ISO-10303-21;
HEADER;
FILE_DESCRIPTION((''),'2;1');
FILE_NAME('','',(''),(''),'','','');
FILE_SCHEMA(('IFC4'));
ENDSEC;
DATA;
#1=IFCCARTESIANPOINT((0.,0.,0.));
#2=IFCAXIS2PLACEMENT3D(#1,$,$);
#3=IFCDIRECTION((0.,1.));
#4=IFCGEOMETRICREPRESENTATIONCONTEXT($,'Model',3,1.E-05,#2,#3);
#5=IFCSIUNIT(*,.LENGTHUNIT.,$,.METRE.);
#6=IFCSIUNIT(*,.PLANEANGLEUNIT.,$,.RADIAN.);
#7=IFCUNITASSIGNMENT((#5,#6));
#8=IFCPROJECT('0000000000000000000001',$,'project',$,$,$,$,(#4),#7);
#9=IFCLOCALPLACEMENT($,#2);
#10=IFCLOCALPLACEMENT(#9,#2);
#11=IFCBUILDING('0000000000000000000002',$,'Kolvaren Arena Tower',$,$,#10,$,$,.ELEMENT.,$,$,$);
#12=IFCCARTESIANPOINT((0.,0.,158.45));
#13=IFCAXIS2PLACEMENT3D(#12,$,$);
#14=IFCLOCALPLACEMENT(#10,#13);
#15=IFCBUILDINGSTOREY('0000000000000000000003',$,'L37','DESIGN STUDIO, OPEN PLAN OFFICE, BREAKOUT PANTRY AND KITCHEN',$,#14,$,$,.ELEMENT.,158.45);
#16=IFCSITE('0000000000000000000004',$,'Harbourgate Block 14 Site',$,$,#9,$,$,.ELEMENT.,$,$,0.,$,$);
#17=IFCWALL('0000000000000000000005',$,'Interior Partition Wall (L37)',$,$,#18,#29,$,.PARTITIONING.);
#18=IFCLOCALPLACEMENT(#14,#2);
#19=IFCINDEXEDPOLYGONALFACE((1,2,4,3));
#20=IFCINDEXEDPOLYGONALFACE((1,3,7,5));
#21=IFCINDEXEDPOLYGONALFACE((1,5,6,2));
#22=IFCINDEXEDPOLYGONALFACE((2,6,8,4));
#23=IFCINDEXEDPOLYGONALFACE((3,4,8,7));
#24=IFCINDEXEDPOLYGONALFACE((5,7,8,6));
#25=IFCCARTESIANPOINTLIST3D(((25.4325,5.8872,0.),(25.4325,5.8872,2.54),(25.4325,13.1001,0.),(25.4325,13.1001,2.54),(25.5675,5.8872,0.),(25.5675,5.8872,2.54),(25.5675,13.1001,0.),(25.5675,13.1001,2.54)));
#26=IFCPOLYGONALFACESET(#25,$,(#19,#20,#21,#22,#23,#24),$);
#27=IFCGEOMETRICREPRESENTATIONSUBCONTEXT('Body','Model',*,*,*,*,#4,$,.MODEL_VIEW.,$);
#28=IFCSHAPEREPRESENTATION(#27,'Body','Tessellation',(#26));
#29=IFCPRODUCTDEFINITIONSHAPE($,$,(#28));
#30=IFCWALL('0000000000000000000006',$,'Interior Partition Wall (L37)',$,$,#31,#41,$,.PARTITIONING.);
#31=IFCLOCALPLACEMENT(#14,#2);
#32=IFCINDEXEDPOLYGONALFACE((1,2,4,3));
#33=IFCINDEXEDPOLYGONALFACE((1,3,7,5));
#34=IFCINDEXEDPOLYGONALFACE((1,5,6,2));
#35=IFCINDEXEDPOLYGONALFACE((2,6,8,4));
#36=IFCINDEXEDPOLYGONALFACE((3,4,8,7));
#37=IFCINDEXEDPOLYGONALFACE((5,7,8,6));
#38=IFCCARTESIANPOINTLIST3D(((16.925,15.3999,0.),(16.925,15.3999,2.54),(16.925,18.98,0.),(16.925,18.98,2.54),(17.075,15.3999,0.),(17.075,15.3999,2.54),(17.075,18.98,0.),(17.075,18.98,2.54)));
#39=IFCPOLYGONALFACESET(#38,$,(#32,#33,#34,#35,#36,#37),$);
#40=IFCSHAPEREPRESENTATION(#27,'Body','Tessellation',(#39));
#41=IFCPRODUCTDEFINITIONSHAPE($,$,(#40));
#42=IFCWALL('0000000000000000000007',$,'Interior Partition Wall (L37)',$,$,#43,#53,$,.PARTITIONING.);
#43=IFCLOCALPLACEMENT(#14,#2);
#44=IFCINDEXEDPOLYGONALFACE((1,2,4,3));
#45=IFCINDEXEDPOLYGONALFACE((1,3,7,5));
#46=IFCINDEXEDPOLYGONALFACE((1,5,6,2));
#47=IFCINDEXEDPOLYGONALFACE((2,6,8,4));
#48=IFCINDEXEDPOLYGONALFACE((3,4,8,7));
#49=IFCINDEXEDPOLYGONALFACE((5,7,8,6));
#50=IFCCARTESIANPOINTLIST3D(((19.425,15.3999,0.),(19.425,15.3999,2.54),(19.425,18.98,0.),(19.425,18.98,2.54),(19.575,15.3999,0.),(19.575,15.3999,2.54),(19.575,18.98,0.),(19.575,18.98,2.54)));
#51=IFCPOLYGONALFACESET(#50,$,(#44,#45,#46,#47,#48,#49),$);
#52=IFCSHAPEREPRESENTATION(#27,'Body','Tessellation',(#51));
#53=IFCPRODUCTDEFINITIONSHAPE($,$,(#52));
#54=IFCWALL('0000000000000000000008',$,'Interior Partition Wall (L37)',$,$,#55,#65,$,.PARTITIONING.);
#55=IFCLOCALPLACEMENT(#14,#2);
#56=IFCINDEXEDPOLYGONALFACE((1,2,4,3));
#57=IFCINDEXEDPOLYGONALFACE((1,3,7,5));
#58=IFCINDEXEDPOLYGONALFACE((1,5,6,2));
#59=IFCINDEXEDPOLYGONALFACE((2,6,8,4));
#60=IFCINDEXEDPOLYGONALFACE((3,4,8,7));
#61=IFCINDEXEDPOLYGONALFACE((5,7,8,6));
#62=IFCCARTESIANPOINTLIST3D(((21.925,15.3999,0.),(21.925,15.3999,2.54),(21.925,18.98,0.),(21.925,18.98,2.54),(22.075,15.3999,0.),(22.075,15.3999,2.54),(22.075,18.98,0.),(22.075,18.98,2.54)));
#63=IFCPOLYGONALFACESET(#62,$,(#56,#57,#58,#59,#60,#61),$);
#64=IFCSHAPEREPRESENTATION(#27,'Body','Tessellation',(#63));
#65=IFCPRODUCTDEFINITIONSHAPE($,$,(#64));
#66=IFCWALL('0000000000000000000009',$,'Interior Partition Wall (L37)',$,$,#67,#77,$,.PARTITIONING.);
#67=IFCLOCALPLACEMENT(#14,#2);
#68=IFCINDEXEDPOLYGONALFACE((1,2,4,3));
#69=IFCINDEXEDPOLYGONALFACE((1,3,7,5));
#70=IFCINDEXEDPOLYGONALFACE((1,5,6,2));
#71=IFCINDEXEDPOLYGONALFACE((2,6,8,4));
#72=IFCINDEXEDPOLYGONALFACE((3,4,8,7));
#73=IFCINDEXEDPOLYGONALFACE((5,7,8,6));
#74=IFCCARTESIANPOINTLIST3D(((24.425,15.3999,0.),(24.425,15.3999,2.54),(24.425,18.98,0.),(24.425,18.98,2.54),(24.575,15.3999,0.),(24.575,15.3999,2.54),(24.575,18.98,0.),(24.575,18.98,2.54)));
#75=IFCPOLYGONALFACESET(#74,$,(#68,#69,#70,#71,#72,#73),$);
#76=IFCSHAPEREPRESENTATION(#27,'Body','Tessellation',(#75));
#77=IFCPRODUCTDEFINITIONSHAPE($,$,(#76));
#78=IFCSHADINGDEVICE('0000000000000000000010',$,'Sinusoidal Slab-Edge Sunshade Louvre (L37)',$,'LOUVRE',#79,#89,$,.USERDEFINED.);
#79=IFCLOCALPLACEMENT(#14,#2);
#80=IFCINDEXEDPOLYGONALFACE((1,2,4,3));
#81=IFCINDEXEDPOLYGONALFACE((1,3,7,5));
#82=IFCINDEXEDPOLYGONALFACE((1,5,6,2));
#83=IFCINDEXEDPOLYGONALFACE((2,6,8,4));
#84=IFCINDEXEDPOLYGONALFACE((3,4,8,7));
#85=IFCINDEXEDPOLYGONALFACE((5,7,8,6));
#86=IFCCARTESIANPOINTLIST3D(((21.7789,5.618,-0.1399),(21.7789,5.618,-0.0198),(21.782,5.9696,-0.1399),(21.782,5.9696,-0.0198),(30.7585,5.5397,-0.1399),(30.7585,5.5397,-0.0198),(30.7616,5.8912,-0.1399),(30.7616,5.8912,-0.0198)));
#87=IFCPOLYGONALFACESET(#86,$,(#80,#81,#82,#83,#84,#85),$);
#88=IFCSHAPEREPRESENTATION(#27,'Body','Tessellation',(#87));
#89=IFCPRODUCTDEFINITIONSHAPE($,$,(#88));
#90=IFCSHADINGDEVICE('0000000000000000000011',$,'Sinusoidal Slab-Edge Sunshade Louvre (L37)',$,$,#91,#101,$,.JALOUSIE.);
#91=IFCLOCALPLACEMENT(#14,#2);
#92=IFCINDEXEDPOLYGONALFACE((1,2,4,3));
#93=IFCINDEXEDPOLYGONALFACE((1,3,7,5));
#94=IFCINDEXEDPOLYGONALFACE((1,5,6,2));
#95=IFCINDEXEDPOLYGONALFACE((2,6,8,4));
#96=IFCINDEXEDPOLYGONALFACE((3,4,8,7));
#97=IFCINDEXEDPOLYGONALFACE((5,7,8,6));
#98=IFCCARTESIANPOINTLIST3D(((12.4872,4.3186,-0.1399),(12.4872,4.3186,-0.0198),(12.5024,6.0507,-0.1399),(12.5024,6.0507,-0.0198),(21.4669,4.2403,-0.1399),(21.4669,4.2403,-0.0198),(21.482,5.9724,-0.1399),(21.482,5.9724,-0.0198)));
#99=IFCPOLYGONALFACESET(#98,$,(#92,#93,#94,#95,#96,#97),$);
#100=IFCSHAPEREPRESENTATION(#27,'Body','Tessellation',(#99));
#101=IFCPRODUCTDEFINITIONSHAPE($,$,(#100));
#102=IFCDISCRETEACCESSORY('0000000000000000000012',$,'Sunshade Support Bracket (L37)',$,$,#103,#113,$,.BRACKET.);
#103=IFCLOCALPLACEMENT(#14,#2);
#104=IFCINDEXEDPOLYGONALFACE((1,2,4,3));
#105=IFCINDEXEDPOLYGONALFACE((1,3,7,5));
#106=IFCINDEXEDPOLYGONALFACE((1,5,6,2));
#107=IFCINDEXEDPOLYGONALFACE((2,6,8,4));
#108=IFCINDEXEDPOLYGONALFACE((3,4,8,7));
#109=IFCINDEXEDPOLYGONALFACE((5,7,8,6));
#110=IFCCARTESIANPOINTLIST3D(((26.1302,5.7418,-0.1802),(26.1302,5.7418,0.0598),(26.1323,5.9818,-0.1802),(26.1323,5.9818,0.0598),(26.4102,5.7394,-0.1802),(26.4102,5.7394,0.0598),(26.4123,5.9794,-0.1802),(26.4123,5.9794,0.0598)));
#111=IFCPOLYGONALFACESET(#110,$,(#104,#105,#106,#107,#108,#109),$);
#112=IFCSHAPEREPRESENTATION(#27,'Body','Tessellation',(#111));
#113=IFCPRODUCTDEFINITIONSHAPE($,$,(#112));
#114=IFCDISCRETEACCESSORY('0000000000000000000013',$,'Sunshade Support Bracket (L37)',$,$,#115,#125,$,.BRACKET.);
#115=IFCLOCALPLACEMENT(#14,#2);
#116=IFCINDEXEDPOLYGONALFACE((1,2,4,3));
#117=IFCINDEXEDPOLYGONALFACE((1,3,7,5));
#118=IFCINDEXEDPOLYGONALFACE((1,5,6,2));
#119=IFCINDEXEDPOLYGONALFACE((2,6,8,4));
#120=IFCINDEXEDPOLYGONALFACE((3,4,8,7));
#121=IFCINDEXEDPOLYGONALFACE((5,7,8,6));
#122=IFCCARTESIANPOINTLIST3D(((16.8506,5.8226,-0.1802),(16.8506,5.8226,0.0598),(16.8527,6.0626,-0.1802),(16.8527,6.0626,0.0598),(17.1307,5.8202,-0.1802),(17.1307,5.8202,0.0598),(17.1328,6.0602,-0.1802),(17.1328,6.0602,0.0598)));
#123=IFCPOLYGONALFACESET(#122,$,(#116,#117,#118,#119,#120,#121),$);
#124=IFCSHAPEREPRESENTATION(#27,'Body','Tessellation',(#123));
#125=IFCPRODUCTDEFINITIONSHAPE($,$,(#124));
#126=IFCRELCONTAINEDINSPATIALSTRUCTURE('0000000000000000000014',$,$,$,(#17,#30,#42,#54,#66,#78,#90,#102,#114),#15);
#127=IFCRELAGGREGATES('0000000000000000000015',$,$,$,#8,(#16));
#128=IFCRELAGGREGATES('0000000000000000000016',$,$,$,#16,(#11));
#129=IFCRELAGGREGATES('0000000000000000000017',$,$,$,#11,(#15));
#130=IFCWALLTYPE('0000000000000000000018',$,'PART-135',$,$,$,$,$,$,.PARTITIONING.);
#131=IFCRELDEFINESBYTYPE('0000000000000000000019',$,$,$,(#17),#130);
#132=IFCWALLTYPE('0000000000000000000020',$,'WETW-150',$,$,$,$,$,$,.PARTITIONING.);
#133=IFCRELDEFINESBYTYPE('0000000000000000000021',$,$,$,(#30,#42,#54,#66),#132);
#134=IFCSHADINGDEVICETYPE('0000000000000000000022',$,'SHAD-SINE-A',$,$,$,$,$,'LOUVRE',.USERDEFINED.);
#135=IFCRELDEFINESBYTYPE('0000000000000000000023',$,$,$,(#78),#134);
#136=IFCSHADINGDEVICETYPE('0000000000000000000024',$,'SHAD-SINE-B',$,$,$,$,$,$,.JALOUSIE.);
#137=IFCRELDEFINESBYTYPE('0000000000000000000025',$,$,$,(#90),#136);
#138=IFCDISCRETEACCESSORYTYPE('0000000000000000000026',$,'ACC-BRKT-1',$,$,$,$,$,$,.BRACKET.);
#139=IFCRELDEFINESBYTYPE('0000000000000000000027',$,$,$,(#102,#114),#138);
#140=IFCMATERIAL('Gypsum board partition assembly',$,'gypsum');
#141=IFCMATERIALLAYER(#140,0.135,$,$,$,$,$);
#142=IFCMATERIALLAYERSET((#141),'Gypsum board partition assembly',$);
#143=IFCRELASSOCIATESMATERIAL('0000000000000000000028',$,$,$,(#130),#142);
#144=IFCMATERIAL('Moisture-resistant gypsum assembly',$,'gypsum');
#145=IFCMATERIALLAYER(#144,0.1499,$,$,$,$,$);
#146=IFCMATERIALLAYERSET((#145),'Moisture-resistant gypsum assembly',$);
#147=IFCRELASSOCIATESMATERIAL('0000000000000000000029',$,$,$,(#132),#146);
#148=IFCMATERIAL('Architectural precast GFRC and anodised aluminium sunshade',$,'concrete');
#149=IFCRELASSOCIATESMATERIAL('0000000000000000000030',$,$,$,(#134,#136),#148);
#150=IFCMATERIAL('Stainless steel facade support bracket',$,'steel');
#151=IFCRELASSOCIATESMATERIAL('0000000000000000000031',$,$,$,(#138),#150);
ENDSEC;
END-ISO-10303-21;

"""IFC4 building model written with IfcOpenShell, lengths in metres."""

from ifc_helpers import new_model, si_unit, direction, frame, frame_2d, origin, origin_2d, place, context, subcontext, project, spatial, rectangle, extrude, material, layer, layer_set, type_object, element, save


model = new_model("IFC4")

# Units and contexts
model_context = context("Model", 3, precision=1e-05, world=origin(), true_north=direction((0.0, 1.0)))
body_context = subcontext(model_context, "Body", "Model", "MODEL_VIEW")
ifc_project = project(units=[si_unit("LENGTHUNIT", "METRE"), si_unit("PLANEANGLEUNIT", "RADIAN")], contexts=[model_context])

# Site, building, storey
site_placement = place(None, origin())
site = spatial("IfcSite", under=ifc_project, at=site_placement, Name="Harbourgate Block 14 Site", CompositionType="ELEMENT", RefElevation=0.0)
building_placement = place(site_placement, origin())
building = spatial("IfcBuilding", under=site, at=building_placement, Name="Kolvaren Arena Tower", CompositionType="ELEMENT")
storey_placement = place(building_placement, frame((0.0, 0.0, 158.45)))
storey = spatial("IfcBuildingStorey", under=building, at=storey_placement, Name="L37", Description="DESIGN STUDIO, OPEN PLAN OFFICE, BREAKOUT PANTRY AND KITCHEN", CompositionType="ELEMENT", Elevation=158.45)

# Walls
ifc_material_1 = material(Name="Gypsum board partition assembly", Category="gypsum")
ifc_layer_1 = layer(ifc_material_1, 0.135)
ifc_layer_set_1 = layer_set([ifc_layer_1], Name="Gypsum board partition assembly")
wall_type_1 = type_object("IfcWallType", Name="PART-135", PredefinedType="PARTITIONING", material=ifc_layer_set_1)
wall_1_placement = place(storey_placement, frame((25.5, 5.8872, 0.0), z_axis=(0.0, 0.0, 1.0), x_axis=(0.0, 1.0, 0.0)))
element("IfcWall", 1, at=wall_1_placement, inside=storey, type_object=wall_type_1, Name="Interior Partition Wall (L37)", PredefinedType="PARTITIONING", context=body_context, shape_type="SweptSolid", body=[
    extrude(rectangle(XDim=7.2129, YDim=0.135, at=frame_2d((3.6064, 0.0))), origin(), (0.0, 0.0, 1.0), 2.54),
])
ifc_material_2 = material(Name="Moisture-resistant gypsum assembly", Category="gypsum")
ifc_layer_2 = layer(ifc_material_2, 0.1499)
ifc_layer_set_2 = layer_set([ifc_layer_2], Name="Moisture-resistant gypsum assembly")
wall_type_2 = type_object("IfcWallType", Name="WETW-150", PredefinedType="PARTITIONING", material=ifc_layer_set_2)
for number, where, z_axis, x_axis, name in (
    (2, (17.0, 15.3999, 0.0), (0.0, 0.0, 1.0), (0.0, 1.0, 0.0), "Interior Partition Wall (L37)"),
    (3, (19.5, 15.3999, 0.0), (0.0, 0.0, 1.0), (0.0, 1.0, 0.0), "Interior Partition Wall (L37)"),
    (4, (22.0, 15.3999, 0.0), (0.0, 0.0, 1.0), (0.0, 1.0, 0.0), "Interior Partition Wall (L37)"),
    (5, (24.5, 15.3999, 0.0), (0.0, 0.0, 1.0), (0.0, 1.0, 0.0), "Interior Partition Wall (L37)"),
):
    element("IfcWall", number, at=place(storey_placement, frame(where, z_axis=z_axis, x_axis=x_axis)), inside=storey, type_object=wall_type_2, Name=name, PredefinedType="PARTITIONING", context=body_context, shape_type="SweptSolid", body=[
        extrude(rectangle(XDim=3.5801, YDim=0.1499, at=frame_2d((1.79, 0.0))), origin(), (0.0, 0.0, 1.0), 2.54),
    ])

# Shading devices
ifc_material_3 = material(Name="Architectural precast GFRC and anodised aluminium sunshade", Category="concrete")
shading_device_type_1 = type_object("IfcShadingDeviceType", Name="SHAD-SINE-A", ElementType="LOUVRE", PredefinedType="USERDEFINED", material=ifc_material_3)
shading_device_1_placement = place(storey_placement, frame((26.2703, 5.7546, -0.1399), z_axis=(0.0, 0.0, 1.0), x_axis=(-0.999962, 0.008727, 0.0)))
element("IfcShadingDevice", 6, at=shading_device_1_placement, inside=storey, type_object=shading_device_type_1, Name="Sinusoidal Slab-Edge Sunshade Louvre (L37)", ObjectType="LOUVRE", PredefinedType="USERDEFINED", context=body_context, shape_type="SweptSolid", body=[
    extrude(rectangle(XDim=8.98, YDim=0.3516, at=origin_2d()), origin(), (0.0, 0.0, 1.0), 0.1201),
])
shading_device_type_2 = type_object("IfcShadingDeviceType", Name="SHAD-SINE-B", PredefinedType="JALOUSIE", material=ifc_material_3)
shading_device_2_placement = place(storey_placement, frame((16.9846, 5.1455, -0.1399), z_axis=(0.0, 0.0, 1.0), x_axis=(-0.999962, 0.008727, 0.0)))
element("IfcShadingDevice", 7, at=shading_device_2_placement, inside=storey, type_object=shading_device_type_2, Name="Sinusoidal Slab-Edge Sunshade Louvre (L37)", PredefinedType="JALOUSIE", context=body_context, shape_type="SweptSolid", body=[
    extrude(rectangle(XDim=8.98, YDim=1.7322, at=origin_2d()), origin(), (0.0, 0.0, 1.0), 0.1201),
])

# Discrete accessories
ifc_material_4 = material(Name="Stainless steel facade support bracket", Category="steel")
discrete_accessory_type = type_object("IfcDiscreteAccessoryType", Name="ACC-BRKT-1", PredefinedType="BRACKET", material=ifc_material_4)
for number, where, z_axis, x_axis, name in (
    (8, (26.2712, 5.8606, -0.1802), (0.0, 0.0, 1.0), (-0.999962, 0.008727, 0.0), "Sunshade Support Bracket (L37)"),
    (9, (16.9917, 5.9414, -0.1802), (0.0, 0.0, 1.0), (-0.999962, 0.008727, 0.0), "Sunshade Support Bracket (L37)"),
):
    element("IfcDiscreteAccessory", number, at=place(storey_placement, frame(where, z_axis=z_axis, x_axis=x_axis)), inside=storey, type_object=discrete_accessory_type, Name=name, PredefinedType="BRACKET", context=body_context, shape_type="SweptSolid", body=[
        extrude(rectangle(XDim=0.28, YDim=0.24, at=origin_2d()), origin(), (0.0, 0.0, 1.0), 0.24),
    ])

save(model, "model.ifc")
